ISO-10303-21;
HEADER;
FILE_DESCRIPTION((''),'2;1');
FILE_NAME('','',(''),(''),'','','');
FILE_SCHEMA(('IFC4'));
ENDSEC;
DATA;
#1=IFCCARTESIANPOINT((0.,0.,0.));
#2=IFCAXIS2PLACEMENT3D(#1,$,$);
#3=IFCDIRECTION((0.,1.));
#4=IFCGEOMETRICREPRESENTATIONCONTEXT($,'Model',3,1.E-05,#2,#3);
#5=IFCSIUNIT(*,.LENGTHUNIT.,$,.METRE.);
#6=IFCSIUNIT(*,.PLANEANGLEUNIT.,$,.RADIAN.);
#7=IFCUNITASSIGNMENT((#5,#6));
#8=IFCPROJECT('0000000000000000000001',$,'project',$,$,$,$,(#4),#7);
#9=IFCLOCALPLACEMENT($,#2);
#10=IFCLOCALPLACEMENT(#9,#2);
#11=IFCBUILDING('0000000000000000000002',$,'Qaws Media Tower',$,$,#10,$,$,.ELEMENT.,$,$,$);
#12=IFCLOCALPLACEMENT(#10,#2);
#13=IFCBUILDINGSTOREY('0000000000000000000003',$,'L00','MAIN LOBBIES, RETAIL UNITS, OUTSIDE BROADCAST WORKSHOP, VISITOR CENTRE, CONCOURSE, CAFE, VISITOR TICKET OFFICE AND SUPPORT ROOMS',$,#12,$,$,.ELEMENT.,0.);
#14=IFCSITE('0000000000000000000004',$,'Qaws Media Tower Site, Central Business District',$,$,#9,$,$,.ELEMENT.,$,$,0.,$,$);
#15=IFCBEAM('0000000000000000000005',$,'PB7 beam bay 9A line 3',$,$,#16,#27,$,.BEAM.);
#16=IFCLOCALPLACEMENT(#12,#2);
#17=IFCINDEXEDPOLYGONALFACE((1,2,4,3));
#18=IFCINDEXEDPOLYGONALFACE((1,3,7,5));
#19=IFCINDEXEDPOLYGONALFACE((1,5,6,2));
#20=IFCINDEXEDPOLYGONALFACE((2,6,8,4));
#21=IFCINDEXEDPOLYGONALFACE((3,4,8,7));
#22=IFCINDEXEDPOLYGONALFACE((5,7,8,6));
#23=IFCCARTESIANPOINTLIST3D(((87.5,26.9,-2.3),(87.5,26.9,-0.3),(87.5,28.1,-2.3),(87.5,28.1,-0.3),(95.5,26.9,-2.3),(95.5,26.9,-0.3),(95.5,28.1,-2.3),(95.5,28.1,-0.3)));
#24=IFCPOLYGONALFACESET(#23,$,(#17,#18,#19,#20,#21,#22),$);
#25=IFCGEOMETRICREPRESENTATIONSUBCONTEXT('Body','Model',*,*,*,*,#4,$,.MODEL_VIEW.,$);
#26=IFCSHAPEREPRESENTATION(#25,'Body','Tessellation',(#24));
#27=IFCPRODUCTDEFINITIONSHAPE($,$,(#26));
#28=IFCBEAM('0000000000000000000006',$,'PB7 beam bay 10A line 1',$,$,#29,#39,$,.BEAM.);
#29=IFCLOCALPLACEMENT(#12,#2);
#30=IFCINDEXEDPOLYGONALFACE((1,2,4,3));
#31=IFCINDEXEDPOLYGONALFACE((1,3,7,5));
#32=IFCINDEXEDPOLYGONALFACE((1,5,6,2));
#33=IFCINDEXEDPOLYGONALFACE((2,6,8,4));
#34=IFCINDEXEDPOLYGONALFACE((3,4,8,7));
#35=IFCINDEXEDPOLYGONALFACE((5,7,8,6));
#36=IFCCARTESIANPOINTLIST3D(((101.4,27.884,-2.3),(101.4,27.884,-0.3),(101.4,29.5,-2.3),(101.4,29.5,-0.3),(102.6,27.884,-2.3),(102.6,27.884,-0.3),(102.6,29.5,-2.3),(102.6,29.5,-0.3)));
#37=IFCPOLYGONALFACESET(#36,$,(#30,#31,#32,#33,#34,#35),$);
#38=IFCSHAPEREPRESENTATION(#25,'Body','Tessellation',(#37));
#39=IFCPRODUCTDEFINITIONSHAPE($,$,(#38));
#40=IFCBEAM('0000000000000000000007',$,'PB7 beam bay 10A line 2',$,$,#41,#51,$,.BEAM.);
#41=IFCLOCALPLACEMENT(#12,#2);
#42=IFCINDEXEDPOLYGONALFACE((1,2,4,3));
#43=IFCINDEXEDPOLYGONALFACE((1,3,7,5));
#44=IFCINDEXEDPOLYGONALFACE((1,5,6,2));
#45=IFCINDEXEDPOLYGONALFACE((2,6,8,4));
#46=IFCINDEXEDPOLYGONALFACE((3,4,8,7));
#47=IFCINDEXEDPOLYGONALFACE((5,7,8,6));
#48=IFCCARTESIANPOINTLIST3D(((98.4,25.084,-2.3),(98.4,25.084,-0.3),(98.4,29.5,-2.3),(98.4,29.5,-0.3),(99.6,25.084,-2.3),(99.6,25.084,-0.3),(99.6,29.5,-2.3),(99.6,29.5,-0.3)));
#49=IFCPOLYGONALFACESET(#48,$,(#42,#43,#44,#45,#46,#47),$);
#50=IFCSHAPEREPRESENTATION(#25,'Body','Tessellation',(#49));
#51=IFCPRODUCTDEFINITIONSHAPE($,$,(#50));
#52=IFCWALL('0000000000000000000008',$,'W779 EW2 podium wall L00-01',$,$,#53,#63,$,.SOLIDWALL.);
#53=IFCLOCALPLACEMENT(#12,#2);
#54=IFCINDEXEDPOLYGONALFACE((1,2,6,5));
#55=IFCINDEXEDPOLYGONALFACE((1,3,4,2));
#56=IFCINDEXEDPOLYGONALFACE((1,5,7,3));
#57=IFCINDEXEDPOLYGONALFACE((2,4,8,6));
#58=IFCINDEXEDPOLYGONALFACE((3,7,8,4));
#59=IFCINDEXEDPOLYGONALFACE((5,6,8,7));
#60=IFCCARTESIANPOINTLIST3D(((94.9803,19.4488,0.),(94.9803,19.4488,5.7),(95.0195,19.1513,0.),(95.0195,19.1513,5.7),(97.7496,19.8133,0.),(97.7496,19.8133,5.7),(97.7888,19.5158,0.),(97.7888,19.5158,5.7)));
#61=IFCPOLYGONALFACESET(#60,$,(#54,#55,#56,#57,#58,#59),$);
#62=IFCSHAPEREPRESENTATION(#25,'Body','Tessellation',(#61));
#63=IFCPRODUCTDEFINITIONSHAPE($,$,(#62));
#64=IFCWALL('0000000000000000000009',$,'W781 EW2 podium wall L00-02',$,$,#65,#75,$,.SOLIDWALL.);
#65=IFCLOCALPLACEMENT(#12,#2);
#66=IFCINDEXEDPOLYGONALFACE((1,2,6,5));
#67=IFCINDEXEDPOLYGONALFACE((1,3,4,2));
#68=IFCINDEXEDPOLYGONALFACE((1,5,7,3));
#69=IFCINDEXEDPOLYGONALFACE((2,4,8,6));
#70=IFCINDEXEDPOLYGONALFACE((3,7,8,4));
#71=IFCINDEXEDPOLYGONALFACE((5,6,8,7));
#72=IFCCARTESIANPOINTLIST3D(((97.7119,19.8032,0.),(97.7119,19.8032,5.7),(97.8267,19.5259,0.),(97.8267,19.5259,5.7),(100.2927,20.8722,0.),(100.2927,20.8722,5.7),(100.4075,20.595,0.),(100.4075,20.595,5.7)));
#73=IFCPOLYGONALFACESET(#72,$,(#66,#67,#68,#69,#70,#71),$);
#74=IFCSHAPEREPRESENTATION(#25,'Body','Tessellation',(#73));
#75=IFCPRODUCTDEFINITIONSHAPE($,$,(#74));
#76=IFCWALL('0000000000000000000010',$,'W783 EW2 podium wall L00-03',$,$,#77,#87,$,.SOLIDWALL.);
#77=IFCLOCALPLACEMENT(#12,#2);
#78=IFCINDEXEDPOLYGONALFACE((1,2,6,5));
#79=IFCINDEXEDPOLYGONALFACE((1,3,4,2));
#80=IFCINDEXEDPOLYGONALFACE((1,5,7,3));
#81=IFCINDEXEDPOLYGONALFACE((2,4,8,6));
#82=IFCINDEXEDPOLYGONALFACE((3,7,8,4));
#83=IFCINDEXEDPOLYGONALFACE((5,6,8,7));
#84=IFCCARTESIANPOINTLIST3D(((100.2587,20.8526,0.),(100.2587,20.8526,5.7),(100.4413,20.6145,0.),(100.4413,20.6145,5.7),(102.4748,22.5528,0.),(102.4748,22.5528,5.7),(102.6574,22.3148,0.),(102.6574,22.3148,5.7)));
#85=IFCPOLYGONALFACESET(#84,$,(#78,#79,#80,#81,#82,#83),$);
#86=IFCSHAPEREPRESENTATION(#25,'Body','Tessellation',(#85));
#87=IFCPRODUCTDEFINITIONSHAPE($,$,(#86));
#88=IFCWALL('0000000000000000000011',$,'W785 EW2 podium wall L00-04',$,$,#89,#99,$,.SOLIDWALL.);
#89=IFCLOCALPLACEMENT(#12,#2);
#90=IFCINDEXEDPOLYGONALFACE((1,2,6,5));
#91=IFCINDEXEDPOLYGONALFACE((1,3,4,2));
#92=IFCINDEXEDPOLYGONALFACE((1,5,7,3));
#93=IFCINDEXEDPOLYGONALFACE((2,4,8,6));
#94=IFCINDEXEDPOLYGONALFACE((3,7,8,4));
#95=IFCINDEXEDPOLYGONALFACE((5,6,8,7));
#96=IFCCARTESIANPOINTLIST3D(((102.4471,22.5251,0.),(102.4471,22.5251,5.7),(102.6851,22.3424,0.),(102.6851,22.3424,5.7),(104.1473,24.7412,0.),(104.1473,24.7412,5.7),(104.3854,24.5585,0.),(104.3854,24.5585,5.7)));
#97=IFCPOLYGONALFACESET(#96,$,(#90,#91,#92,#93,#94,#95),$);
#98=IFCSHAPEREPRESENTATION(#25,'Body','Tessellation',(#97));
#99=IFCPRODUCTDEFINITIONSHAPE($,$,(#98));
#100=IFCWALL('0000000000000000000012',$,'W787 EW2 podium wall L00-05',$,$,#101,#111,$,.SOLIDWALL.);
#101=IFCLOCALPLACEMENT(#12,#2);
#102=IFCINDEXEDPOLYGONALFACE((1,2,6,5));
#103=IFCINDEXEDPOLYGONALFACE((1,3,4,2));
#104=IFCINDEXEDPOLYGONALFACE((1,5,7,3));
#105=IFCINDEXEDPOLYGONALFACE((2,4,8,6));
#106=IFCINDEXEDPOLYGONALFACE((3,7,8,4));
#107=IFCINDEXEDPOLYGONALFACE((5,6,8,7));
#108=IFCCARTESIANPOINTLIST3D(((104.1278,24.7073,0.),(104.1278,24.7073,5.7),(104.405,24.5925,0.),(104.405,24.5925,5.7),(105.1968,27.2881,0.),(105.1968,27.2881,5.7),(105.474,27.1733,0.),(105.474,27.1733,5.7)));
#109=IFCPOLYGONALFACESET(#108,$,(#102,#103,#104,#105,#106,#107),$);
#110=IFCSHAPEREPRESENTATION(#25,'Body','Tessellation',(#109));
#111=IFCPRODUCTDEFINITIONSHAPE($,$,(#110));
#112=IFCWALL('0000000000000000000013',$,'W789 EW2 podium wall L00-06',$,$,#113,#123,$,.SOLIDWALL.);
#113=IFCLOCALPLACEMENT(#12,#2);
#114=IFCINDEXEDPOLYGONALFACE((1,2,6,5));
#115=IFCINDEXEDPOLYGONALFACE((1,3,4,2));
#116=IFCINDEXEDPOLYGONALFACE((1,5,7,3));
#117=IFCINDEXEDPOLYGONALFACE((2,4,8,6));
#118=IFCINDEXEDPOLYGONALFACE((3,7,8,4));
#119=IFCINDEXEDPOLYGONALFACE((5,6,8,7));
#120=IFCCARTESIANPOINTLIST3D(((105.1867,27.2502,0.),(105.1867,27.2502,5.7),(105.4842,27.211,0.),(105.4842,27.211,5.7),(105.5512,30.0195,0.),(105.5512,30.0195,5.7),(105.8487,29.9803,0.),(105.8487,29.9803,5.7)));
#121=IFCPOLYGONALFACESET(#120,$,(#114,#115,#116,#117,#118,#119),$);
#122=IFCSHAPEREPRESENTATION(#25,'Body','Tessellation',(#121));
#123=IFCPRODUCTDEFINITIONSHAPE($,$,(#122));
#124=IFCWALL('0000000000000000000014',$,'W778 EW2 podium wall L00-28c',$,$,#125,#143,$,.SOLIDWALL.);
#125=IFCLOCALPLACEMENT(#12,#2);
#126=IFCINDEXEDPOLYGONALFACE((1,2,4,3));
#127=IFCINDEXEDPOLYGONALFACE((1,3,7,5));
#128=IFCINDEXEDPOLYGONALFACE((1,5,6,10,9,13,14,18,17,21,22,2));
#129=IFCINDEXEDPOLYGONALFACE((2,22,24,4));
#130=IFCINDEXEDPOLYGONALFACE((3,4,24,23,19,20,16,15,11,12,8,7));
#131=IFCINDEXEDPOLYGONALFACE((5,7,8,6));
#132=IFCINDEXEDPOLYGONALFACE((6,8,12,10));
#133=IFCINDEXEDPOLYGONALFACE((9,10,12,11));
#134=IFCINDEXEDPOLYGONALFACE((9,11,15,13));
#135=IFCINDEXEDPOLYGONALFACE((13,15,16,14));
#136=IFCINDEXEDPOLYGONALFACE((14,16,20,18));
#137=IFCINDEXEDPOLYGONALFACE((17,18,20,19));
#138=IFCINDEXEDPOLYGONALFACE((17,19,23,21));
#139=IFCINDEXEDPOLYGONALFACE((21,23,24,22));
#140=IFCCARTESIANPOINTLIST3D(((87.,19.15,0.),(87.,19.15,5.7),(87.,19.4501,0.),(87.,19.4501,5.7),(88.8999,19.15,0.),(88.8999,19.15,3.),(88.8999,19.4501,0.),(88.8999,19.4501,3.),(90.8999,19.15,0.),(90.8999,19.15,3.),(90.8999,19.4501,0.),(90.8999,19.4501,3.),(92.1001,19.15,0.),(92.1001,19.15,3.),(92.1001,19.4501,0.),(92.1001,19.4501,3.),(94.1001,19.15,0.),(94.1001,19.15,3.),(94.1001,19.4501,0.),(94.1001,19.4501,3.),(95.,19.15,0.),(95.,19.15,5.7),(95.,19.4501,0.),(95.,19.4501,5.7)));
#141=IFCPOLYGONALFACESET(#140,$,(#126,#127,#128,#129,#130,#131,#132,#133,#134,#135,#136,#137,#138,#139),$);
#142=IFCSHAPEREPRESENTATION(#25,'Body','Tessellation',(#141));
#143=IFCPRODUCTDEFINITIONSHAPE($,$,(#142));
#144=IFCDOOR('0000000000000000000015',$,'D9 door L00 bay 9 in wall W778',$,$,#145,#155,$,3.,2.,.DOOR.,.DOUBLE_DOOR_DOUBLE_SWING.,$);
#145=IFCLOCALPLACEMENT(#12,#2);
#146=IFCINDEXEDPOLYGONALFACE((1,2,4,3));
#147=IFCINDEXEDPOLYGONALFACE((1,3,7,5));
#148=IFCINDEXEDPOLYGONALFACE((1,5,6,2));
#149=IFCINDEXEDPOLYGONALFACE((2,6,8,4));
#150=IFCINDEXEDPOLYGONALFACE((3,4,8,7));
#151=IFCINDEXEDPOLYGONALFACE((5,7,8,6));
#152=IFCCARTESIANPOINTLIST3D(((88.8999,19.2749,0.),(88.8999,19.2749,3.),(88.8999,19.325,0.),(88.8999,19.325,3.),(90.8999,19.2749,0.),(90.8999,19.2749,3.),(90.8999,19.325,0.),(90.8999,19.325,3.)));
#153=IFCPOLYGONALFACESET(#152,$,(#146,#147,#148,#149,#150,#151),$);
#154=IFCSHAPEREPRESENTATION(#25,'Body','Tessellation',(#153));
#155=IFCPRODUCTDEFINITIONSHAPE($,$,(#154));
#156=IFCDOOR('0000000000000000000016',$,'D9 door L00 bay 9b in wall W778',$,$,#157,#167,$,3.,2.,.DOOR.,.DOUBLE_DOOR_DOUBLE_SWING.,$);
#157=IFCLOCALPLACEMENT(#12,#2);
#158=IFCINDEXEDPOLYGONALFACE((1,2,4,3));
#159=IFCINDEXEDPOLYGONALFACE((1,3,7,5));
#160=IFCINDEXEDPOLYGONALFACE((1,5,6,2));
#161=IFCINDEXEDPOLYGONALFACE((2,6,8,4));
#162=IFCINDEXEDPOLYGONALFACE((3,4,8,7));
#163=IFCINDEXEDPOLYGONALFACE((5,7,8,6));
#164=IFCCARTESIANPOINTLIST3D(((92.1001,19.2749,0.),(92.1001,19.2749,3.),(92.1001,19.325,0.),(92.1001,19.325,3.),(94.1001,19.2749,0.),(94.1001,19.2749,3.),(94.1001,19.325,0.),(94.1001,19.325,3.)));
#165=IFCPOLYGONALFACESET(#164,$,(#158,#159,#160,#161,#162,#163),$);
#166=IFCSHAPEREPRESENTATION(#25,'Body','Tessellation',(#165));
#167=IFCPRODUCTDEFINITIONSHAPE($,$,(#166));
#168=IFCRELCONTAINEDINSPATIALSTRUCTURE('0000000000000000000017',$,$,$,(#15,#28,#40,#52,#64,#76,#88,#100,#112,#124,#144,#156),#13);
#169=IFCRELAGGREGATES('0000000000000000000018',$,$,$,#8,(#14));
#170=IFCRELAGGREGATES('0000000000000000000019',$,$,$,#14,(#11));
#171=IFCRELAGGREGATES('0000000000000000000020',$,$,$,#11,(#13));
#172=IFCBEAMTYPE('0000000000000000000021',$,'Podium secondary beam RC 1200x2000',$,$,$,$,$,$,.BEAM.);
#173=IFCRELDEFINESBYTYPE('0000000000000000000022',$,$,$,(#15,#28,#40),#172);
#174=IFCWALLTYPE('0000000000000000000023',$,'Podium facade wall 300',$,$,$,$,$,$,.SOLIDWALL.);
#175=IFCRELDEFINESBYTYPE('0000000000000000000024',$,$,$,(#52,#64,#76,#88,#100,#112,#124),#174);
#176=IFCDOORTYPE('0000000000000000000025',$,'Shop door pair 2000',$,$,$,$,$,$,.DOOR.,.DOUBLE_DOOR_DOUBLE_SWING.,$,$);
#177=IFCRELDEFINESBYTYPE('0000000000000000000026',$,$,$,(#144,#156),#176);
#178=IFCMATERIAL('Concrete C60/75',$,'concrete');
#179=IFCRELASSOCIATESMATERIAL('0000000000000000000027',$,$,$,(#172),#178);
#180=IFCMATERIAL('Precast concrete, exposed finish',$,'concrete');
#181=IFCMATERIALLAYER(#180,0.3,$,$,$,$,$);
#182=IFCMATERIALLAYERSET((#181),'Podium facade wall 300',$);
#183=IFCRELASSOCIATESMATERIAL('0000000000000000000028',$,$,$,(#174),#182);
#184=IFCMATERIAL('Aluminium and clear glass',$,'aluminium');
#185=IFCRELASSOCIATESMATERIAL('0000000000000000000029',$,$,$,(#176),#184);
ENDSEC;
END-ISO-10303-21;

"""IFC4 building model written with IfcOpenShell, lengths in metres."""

from ifc_helpers import new_model, si_unit, direction, frame, frame_2d, origin, origin_2d, place, context, subcontext, project, spatial, rectangle, extrude, material, layer, layer_set, material_profile, profile_set, type_object, element, fill, save


model = new_model("IFC4")

# Units and contexts
model_context = context("Model", 3, precision=1e-05, world=origin(), true_north=direction((0.0, 1.0)))
body_context = subcontext(model_context, "Body", "Model", "MODEL_VIEW")
ifc_project = project(units=[si_unit("LENGTHUNIT", "METRE"), si_unit("PLANEANGLEUNIT", "RADIAN")], contexts=[model_context])

# Site, building, storey
site_placement = place(None, origin())
site = spatial("IfcSite", under=ifc_project, at=site_placement, Name="Qaws Media Tower Site, Central Business District", CompositionType="ELEMENT", RefElevation=0.0)
building_placement = place(site_placement, origin())
building = spatial("IfcBuilding", under=site, at=building_placement, Name="Qaws Media Tower", CompositionType="ELEMENT")
storey_placement = place(building_placement, origin())
storey = spatial("IfcBuildingStorey", under=building, at=storey_placement, Name="L00", Description="MAIN LOBBIES, RETAIL UNITS, OUTSIDE BROADCAST WORKSHOP, VISITOR CENTRE, CONCOURSE, CAFE, VISITOR TICKET OFFICE AND SUPPORT ROOMS", CompositionType="ELEMENT", Elevation=0.0)

# Beams
ifc_material_1 = material(Name="Concrete C60/75", Category="concrete")
ifc_material_profile_1 = material_profile(ifc_material_1, rectangle(XDim=1.2, YDim=2.0, at=origin_2d()), Name="RC 1200x2000")
ifc_profile_set_1 = profile_set([ifc_material_profile_1], Name="Concrete C60/75")
beam_type_1 = type_object("IfcBeamType", Name="Podium secondary beam RC 1200x2000", PredefinedType="BEAM", material=ifc_profile_set_1)
for number, where, z_axis, x_axis, name in (
    (1, (87.5, 27.5, -1.3), (1.0, 0.0, 0.0), (0.0, 1.0, 0.0), "PB7 beam bay 9A line 3"),
):
    element("IfcBeam", number, at=place(storey_placement, frame(where, z_axis=z_axis, x_axis=x_axis)), inside=storey, type_object=beam_type_1, Name=name, PredefinedType="BEAM", context=body_context, shape_type="SweptSolid", body=[
        extrude(rectangle(XDim=1.2, YDim=2.0, at=origin_2d()), origin(), (0.0, 0.0, 1.0), 8.0),
    ])
beam_1_placement = place(storey_placement, frame((102.0, 27.884, -1.3), z_axis=(0.0, 1.0, 0.0), x_axis=(-1.0, 0.0, 0.0)))
element("IfcBeam", 2, at=beam_1_placement, inside=storey, type_object=beam_type_1, Name="PB7 beam bay 10A line 1", PredefinedType="BEAM", context=body_context, shape_type="SweptSolid", body=[
    extrude(rectangle(XDim=1.2, YDim=2.0, at=origin_2d()), origin(), (0.0, 0.0, 1.0), 1.616),
])
beam_2_placement = place(storey_placement, frame((99.0, 25.084, -1.3), z_axis=(0.0, 1.0, 0.0), x_axis=(-1.0, 0.0, 0.0)))
element("IfcBeam", 3, at=beam_2_placement, inside=storey, type_object=beam_type_1, Name="PB7 beam bay 10A line 2", PredefinedType="BEAM", context=body_context, shape_type="SweptSolid", body=[
    extrude(rectangle(XDim=1.2, YDim=2.0, at=origin_2d()), origin(), (0.0, 0.0, 1.0), 4.416),
])

# Walls
ifc_material_2 = material(Name="Precast concrete, exposed finish", Category="concrete")
ifc_layer = layer(ifc_material_2, 0.3)
ifc_layer_set = layer_set([ifc_layer], Name="Podium facade wall 300")
wall_type = type_object("IfcWallType", Name="Podium facade wall 300", PredefinedType="SOLIDWALL", material=ifc_layer_set)
wall_1_placement = place(storey_placement, frame((95.0, 19.3, 0.0), z_axis=(0.0, 0.0, 1.0), x_axis=(0.991449, 0.130497, 0.0)))
element("IfcWall", 4, at=wall_1_placement, inside=storey, type_object=wall_type, Name="W779 EW2 podium wall L00-01", PredefinedType="SOLIDWALL", context=body_context, shape_type="SweptSolid", body=[
    extrude(rectangle(XDim=2.7932, YDim=0.3, at=frame_2d((1.3965, 0.0))), origin(), (0.0, 0.0, 1.0), 5.7),
])
wall_2_placement = place(storey_placement, frame((97.7693, 19.6646, 0.0), z_axis=(0.0, 0.0, 1.0), x_axis=(0.923869, 0.382709, 0.0)))
element("IfcWall", 5, at=wall_2_placement, inside=storey, type_object=wall_type, Name="W781 EW2 podium wall L00-02", PredefinedType="SOLIDWALL", context=body_context, shape_type="SweptSolid", body=[
    extrude(rectangle(XDim=2.7935, YDim=0.3, at=frame_2d((1.3967, 0.0))), origin(), (0.0, 0.0, 1.0), 5.7),
])
for number, where, z_axis, x_axis, name in (
    (6, (100.3501, 20.7336, 0.0), (0.0, 0.0, 1.0), (0.793397, 0.608705, 0.0), "W783 EW2 podium wall L00-03"),
    (7, (102.5662, 22.4338, 0.0), (0.0, 0.0, 1.0), (0.608705, 0.793397, 0.0), "W785 EW2 podium wall L00-04"),
):
    element("IfcWall", number, at=place(storey_placement, frame(where, z_axis=z_axis, x_axis=x_axis)), inside=storey, type_object=wall_type, Name=name, PredefinedType="SOLIDWALL", context=body_context, shape_type="SweptSolid", body=[
        extrude(rectangle(XDim=2.7932, YDim=0.3, at=frame_2d((1.3965, 0.0))), origin(), (0.0, 0.0, 1.0), 5.7),
    ])
wall_3_placement = place(storey_placement, frame((104.2664, 24.6499, 0.0), z_axis=(0.0, 0.0, 1.0), x_axis=(0.382709, 0.923869, 0.0)))
element("IfcWall", 8, at=wall_3_placement, inside=storey, type_object=wall_type, Name="W787 EW2 podium wall L00-05", PredefinedType="SOLIDWALL", context=body_context, shape_type="SweptSolid", body=[
    extrude(rectangle(XDim=2.7935, YDim=0.3, at=frame_2d((1.3967, 0.0))), origin(), (0.0, 0.0, 1.0), 5.7),
])
wall_4_placement = place(storey_placement, frame((105.3354, 27.2307, 0.0), z_axis=(0.0, 0.0, 1.0), x_axis=(0.130497, 0.991449, 0.0)))
element("IfcWall", 9, at=wall_4_placement, inside=storey, type_object=wall_type, Name="W789 EW2 podium wall L00-06", PredefinedType="SOLIDWALL", context=body_context, shape_type="SweptSolid", body=[
    extrude(rectangle(XDim=2.7932, YDim=0.3, at=frame_2d((1.3965, 0.0))), origin(), (0.0, 0.0, 1.0), 5.7),
])

# Wall, openings, doors
wall_5_placement = place(storey_placement, frame((87.0, 19.3, 0.0), z_axis=(0.0, 0.0, 1.0), x_axis=(1.0, 0.0, 0.0)))
wall_5 = element("IfcWall", 10, at=wall_5_placement, inside=storey, type_object=wall_type, Name="W778 EW2 podium wall L00-28c", PredefinedType="SOLIDWALL", context=body_context, shape_type="SweptSolid", body=[
    extrude(rectangle(XDim=8.0, YDim=0.3, at=frame_2d((4.0, 0.0))), origin(), (0.0, 0.0, 1.0), 5.7),
])
opening_1_placement = place(wall_5_placement, frame((1.8999, 0.0, 0.0)))
opening_1 = element("IfcOpeningElement", 11, at=opening_1_placement, cuts=wall_5, PredefinedType="OPENING", context=body_context, shape_type="SweptSolid", body=[
    extrude(rectangle(XDim=2.0, YDim=3.0, at=frame_2d((1.0, 1.5))), frame((0.0, 0.1599, 0.0), z_axis=(0.0, -1.0, 0.0), x_axis=(1.0, 0.0, 0.0)), (0.0, 0.0, 1.0), 0.3201),
])
opening_2_placement = place(wall_5_placement, frame((5.1001, 0.0, 0.0)))
opening_2 = element("IfcOpeningElement", 12, at=opening_2_placement, cuts=wall_5, PredefinedType="OPENING", context=body_context, shape_type="SweptSolid", body=[
    extrude(rectangle(XDim=2.0, YDim=3.0, at=frame_2d((1.0, 1.5))), frame((0.0, 0.1599, 0.0), z_axis=(0.0, -1.0, 0.0), x_axis=(1.0, 0.0, 0.0)), (0.0, 0.0, 1.0), 0.3201),
])
ifc_material_3 = material(Name="Aluminium and clear glass", Category="aluminium")
door_type = type_object("IfcDoorType", Name="Shop door pair 2000", OperationType="DOUBLE_DOOR_DOUBLE_SWING", PredefinedType="DOOR", material=ifc_material_3)
door_1_placement = place(opening_1_placement, origin())
door_1 = element("IfcDoor", 13, at=door_1_placement, inside=storey, type_object=door_type, Name="D9 door L00 bay 9 in wall W778", OperationType="DOUBLE_DOOR_DOUBLE_SWING", OverallHeight=3.0, OverallWidth=2.0, PredefinedType="DOOR", context=body_context, shape_type="SweptSolid", body=[
    extrude(rectangle(XDim=2.0, YDim=3.0, at=frame_2d((1.0, 1.5))), frame((0.0, 0.0249, 0.0), z_axis=(0.0, -1.0, 0.0), x_axis=(1.0, 0.0, 0.0)), (0.0, 0.0, 1.0), 0.05),
])
fill(opening_1, door_1)
door_2_placement = place(opening_2_placement, origin())
door_2 = element("IfcDoor", 14, at=door_2_placement, inside=storey, type_object=door_type, Name="D9 door L00 bay 9b in wall W778", OperationType="DOUBLE_DOOR_DOUBLE_SWING", OverallHeight=3.0, OverallWidth=2.0, PredefinedType="DOOR", context=body_context, shape_type="SweptSolid", body=[
    extrude(rectangle(XDim=2.0, YDim=3.0, at=frame_2d((1.0, 1.5))), frame((0.0, 0.0249, 0.0), z_axis=(0.0, -1.0, 0.0), x_axis=(1.0, 0.0, 0.0)), (0.0, 0.0, 1.0), 0.05),
])
fill(opening_2, door_2)

save(model, "model.ifc")
